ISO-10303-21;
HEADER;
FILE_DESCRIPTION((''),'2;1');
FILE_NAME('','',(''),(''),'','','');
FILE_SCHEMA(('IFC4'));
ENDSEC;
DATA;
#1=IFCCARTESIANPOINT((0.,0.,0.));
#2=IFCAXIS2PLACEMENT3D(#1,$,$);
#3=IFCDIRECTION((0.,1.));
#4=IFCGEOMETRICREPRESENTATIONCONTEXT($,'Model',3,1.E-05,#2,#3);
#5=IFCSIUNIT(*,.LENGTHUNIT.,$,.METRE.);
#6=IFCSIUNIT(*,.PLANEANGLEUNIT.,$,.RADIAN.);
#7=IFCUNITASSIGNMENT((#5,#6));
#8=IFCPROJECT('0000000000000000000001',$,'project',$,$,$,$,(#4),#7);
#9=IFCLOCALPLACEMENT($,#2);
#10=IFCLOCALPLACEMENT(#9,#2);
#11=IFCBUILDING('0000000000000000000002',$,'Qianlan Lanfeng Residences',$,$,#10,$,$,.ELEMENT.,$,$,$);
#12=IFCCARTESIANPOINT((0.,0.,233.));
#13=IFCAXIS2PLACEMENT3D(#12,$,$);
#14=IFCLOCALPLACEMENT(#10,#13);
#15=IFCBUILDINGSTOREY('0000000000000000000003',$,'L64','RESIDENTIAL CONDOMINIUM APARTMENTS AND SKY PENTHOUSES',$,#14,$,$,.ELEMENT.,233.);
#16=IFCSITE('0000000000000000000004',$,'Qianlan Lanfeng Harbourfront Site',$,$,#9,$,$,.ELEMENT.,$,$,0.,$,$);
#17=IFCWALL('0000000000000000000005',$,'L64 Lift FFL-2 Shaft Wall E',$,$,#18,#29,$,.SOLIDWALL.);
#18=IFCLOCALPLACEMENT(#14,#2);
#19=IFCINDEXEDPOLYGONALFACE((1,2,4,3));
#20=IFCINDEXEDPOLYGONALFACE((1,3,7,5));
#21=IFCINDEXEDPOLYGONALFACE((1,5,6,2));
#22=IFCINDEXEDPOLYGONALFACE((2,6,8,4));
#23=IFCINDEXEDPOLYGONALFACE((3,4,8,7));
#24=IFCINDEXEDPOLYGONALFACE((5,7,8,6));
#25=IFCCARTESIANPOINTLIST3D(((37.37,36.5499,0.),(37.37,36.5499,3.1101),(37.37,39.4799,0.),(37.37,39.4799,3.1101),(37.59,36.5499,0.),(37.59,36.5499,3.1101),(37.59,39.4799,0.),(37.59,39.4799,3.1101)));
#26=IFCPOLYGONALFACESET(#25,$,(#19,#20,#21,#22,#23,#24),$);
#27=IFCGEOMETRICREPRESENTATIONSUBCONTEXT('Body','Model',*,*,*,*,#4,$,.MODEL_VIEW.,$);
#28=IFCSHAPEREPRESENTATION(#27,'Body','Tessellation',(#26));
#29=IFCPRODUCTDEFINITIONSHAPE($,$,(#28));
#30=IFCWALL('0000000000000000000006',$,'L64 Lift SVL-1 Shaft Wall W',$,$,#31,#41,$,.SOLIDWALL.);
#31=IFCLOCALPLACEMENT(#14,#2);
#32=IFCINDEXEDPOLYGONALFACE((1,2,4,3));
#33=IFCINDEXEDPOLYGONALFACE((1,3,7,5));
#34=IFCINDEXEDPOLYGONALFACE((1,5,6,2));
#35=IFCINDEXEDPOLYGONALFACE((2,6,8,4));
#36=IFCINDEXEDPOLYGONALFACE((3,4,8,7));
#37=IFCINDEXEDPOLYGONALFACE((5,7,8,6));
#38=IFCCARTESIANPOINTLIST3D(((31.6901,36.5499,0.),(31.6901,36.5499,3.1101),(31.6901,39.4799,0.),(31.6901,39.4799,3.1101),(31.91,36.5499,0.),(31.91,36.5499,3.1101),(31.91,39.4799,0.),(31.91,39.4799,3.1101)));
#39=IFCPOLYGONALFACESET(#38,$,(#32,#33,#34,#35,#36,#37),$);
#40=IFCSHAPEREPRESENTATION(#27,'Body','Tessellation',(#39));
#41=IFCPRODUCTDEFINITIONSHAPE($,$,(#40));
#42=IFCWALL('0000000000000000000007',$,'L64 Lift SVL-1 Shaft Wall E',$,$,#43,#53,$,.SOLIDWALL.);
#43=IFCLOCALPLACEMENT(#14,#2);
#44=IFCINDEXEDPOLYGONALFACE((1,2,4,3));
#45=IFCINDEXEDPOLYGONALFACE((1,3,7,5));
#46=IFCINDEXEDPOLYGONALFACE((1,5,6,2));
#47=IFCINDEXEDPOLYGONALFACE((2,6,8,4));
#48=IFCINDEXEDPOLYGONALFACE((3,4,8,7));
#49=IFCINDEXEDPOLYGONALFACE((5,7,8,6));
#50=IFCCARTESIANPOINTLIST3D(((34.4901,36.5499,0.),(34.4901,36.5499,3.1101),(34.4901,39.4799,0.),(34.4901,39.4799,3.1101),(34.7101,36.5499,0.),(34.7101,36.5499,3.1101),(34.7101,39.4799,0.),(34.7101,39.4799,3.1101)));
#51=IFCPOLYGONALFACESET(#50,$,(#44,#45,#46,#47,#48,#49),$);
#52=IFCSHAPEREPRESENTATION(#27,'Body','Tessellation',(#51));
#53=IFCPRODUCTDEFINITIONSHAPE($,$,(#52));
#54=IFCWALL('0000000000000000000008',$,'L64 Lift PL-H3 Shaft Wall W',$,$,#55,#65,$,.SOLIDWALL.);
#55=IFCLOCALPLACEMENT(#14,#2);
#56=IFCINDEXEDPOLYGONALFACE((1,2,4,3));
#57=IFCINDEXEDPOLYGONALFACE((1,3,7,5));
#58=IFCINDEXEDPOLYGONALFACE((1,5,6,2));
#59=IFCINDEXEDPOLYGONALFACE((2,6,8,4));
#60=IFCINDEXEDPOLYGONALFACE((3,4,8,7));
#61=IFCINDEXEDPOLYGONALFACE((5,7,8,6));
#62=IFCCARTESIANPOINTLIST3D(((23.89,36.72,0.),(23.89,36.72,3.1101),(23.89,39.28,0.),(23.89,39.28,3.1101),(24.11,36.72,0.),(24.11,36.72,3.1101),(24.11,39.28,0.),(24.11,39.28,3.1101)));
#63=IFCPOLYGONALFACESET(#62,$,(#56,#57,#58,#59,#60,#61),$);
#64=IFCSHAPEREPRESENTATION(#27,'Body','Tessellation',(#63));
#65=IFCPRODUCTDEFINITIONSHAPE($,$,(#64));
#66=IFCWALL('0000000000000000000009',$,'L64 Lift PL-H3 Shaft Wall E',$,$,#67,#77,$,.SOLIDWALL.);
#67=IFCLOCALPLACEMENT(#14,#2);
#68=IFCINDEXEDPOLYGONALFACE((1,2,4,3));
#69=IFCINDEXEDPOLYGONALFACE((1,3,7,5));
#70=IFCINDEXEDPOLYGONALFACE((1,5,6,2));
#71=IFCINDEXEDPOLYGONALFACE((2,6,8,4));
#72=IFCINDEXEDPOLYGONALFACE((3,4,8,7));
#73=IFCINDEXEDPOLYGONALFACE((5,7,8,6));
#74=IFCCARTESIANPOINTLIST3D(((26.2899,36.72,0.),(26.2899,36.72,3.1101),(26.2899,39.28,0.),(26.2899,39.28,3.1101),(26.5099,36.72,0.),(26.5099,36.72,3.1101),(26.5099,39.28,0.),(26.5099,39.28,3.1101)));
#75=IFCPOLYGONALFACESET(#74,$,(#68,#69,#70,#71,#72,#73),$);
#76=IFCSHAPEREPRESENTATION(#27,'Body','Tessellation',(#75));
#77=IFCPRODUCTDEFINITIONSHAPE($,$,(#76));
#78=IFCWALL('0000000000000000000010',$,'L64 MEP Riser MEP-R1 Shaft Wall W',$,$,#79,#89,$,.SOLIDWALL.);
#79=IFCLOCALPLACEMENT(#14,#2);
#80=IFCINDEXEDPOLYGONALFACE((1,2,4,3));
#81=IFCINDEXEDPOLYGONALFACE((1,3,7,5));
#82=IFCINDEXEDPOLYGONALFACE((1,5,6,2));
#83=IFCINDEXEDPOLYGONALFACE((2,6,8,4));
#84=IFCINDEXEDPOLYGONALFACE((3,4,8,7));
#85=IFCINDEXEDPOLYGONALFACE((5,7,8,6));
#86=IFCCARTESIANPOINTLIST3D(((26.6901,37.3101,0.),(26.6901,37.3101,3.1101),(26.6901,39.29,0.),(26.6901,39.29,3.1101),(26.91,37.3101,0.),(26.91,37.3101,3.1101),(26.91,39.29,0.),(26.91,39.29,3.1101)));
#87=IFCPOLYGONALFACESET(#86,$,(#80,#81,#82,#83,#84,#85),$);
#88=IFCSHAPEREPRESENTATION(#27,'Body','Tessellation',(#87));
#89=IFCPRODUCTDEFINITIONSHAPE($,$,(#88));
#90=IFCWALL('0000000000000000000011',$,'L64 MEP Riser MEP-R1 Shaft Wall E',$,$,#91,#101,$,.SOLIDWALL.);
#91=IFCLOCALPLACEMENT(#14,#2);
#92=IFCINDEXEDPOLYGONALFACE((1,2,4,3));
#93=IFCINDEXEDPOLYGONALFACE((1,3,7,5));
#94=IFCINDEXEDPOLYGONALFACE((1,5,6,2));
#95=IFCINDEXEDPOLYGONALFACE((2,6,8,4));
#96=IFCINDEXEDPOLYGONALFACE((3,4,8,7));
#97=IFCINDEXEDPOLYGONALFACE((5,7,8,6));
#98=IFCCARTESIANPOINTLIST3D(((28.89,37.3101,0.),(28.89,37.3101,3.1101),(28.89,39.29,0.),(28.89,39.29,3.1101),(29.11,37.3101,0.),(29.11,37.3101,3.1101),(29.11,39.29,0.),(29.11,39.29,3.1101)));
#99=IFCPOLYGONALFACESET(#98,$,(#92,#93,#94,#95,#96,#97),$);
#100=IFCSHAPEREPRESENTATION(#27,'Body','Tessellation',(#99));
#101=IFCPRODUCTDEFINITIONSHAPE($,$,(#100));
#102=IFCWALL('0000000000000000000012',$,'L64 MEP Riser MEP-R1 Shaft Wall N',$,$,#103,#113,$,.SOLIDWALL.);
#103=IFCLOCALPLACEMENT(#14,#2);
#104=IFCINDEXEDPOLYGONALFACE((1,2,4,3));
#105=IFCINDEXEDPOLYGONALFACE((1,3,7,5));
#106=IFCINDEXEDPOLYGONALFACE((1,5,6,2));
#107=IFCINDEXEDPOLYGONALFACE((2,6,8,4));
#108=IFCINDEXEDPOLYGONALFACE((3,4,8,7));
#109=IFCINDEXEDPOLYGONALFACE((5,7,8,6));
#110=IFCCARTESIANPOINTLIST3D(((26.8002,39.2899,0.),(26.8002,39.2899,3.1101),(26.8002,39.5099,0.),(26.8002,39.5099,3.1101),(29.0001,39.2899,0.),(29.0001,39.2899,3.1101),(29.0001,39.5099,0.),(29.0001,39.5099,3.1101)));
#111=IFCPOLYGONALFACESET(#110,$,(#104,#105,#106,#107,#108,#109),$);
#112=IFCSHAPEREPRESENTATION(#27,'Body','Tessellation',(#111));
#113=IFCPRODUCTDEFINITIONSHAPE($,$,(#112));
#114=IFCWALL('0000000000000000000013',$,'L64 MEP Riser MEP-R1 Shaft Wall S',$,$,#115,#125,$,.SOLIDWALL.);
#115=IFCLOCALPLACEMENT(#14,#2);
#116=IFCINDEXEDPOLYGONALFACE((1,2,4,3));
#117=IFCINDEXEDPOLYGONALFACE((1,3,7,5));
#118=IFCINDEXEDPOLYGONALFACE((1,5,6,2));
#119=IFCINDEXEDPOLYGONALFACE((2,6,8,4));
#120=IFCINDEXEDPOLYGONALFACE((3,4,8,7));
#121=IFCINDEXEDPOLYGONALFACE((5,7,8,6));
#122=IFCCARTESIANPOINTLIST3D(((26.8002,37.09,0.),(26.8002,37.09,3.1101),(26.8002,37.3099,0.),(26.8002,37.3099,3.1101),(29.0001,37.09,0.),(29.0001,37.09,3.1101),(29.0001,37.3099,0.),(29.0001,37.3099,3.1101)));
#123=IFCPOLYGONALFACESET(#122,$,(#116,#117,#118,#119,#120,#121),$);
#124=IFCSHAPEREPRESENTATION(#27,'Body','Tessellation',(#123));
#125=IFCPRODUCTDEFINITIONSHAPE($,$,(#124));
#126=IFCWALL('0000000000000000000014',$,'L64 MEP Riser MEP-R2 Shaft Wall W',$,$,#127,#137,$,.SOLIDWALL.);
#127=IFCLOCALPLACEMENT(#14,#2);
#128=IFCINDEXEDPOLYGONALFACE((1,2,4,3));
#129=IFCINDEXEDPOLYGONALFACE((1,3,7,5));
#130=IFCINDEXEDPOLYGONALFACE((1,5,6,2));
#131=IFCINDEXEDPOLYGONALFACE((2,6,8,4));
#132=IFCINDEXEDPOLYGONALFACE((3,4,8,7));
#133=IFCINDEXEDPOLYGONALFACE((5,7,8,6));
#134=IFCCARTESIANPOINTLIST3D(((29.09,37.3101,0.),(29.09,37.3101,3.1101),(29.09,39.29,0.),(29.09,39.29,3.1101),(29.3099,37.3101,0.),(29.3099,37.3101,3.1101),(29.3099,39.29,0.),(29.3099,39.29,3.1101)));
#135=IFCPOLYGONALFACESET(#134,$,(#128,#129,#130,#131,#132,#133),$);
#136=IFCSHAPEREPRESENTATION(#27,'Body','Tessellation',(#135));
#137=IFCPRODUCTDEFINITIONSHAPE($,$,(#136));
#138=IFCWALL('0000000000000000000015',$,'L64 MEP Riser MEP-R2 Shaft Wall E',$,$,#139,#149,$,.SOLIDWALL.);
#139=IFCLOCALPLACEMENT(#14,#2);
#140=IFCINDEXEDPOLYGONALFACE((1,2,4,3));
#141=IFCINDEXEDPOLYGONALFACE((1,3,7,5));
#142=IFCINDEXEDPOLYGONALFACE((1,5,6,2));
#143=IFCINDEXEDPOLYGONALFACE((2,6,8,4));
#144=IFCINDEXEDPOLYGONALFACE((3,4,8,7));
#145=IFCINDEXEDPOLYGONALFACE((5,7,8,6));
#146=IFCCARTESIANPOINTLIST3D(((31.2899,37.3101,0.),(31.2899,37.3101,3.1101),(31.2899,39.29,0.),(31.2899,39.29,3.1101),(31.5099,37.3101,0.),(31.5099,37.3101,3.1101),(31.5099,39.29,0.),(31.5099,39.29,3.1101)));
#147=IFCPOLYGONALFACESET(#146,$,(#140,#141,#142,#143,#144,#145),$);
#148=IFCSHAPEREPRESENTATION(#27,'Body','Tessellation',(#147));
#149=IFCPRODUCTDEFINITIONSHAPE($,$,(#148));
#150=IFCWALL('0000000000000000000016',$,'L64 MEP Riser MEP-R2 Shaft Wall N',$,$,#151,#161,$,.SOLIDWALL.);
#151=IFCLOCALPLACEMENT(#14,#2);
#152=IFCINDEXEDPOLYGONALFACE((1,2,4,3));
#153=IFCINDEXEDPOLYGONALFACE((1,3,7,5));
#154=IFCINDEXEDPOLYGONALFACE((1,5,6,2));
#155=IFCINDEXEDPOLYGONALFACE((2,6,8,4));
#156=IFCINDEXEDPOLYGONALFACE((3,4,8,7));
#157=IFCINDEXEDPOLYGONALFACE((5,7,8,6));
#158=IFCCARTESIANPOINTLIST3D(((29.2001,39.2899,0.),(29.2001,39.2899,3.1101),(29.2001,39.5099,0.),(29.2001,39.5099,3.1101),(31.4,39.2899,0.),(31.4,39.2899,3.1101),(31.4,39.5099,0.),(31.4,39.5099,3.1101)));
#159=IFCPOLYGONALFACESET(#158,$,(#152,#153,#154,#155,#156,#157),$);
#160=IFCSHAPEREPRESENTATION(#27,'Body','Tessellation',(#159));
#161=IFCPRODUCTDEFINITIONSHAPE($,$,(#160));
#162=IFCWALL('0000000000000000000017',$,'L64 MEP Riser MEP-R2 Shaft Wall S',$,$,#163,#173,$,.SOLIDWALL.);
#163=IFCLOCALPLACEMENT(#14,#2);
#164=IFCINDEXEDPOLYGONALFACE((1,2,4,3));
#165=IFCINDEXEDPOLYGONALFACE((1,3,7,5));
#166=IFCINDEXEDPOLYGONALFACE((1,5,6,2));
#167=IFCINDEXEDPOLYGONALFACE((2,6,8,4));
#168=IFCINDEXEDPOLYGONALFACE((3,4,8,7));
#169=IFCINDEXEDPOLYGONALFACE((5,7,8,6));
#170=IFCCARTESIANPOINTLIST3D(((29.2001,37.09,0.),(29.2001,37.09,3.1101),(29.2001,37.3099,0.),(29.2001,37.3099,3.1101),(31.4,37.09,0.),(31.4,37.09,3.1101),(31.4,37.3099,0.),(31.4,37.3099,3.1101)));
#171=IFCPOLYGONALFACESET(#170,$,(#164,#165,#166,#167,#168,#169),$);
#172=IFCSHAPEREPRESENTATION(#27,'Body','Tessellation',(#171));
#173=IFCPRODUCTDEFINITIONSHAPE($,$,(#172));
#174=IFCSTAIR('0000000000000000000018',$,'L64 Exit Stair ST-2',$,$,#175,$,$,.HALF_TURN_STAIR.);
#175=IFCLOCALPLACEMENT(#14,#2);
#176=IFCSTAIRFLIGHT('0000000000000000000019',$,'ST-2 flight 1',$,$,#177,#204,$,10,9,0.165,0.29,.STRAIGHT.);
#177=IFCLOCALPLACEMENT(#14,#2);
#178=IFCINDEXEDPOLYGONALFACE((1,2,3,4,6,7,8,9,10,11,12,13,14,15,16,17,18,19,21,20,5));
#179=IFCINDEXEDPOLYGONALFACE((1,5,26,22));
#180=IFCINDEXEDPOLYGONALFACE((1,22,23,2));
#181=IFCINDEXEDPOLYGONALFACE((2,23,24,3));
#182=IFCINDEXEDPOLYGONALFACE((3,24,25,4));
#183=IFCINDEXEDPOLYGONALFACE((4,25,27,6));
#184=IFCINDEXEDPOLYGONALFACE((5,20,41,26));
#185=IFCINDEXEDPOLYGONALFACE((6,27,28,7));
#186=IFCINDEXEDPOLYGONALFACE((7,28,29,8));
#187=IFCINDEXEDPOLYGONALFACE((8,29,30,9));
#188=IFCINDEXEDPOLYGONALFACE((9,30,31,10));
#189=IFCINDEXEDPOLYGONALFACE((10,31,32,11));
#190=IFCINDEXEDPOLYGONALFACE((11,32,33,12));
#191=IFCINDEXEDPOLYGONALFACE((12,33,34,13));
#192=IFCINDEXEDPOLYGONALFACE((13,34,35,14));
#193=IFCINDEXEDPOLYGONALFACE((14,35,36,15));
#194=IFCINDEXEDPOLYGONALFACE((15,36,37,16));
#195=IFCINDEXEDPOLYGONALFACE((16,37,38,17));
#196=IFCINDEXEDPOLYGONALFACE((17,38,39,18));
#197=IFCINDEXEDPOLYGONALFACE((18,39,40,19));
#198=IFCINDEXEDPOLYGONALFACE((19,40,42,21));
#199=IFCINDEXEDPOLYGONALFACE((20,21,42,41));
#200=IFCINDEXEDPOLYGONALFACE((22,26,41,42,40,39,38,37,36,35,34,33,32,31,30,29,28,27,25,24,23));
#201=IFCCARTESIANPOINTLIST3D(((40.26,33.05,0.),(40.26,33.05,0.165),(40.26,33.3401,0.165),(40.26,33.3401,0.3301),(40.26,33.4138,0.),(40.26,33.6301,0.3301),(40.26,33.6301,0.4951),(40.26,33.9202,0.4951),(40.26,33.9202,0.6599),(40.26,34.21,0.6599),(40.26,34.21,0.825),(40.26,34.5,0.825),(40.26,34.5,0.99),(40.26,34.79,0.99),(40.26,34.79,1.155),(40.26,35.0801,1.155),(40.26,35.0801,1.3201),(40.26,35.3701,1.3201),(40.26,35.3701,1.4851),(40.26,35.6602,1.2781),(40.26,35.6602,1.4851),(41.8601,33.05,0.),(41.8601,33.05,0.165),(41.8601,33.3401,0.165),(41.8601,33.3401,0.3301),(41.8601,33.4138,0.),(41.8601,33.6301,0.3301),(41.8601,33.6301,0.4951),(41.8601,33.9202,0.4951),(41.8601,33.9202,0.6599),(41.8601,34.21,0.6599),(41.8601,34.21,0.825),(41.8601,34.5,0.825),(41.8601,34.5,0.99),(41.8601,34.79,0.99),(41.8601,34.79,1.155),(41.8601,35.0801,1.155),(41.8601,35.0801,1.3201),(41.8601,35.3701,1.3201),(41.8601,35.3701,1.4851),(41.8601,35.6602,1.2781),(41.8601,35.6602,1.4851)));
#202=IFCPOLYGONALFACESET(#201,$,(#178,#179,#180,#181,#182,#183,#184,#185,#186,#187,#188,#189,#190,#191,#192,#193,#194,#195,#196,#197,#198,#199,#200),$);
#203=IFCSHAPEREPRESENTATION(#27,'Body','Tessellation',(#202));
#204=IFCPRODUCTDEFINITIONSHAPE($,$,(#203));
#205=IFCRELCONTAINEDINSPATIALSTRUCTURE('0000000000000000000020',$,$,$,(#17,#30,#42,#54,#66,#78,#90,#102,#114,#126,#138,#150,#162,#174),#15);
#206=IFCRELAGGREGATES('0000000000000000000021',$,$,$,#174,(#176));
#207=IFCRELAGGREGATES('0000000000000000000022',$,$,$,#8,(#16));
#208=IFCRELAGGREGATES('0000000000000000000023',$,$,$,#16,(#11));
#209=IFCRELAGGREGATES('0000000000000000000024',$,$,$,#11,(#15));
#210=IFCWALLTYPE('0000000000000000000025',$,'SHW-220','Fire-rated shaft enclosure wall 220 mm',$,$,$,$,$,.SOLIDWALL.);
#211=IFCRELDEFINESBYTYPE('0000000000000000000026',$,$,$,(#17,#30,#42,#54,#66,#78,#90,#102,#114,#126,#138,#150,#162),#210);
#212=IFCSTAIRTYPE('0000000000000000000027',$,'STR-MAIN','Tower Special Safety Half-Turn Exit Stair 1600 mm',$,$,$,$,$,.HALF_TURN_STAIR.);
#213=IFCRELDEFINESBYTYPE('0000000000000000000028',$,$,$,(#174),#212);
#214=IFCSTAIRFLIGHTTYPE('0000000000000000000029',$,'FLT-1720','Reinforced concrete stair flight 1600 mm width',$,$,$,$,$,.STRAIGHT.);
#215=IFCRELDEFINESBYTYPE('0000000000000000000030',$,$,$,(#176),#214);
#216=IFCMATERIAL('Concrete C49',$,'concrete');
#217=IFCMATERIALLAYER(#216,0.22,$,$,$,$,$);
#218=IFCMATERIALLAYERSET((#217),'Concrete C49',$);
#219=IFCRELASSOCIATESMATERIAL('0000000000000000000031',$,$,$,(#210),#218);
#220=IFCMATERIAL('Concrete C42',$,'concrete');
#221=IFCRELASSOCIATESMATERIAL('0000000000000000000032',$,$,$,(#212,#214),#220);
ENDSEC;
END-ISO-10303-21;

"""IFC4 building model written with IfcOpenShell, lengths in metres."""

from ifc_helpers import new_model, si_unit, direction, frame, frame_2d, origin, place, context, subcontext, project, spatial, polyline, rectangle, outline, extrude, material, layer, layer_set, type_object, element, aggregate, save


model = new_model("IFC4")

# Units and contexts
model_context = context("Model", 3, precision=1e-05, world=origin(), true_north=direction((0.0, 1.0)))
body_context = subcontext(model_context, "Body", "Model", "MODEL_VIEW")
ifc_project = project(units=[si_unit("LENGTHUNIT", "METRE"), si_unit("PLANEANGLEUNIT", "RADIAN")], contexts=[model_context])

# Site, building, storey
site_placement = place(None, origin())
site = spatial("IfcSite", under=ifc_project, at=site_placement, Name="Qianlan Lanfeng Harbourfront Site", CompositionType="ELEMENT", RefElevation=0.0)
building_placement = place(site_placement, origin())
building = spatial("IfcBuilding", under=site, at=building_placement, Name="Qianlan Lanfeng Residences", CompositionType="ELEMENT")
storey_placement = place(building_placement, frame((0.0, 0.0, 233.0)))
storey = spatial("IfcBuildingStorey", under=building, at=storey_placement, Name="L64", Description="RESIDENTIAL CONDOMINIUM APARTMENTS AND SKY PENTHOUSES", CompositionType="ELEMENT", Elevation=233.0)

# Shared definitions
ifc_material_1 = material(Name="Concrete C49", Category="concrete")

# Shared definitions
ifc_material_2 = material(Name="Concrete C42", Category="concrete")

# Walls
ifc_layer_1 = layer(ifc_material_1, 0.22)
ifc_layer_set_1 = layer_set([ifc_layer_1], Name="Concrete C49")
wall_type_1 = type_object("IfcWallType", Name="SHW-220", Description="Fire-rated shaft enclosure wall 220 mm", PredefinedType="SOLIDWALL", material=ifc_layer_set_1)
for number, where, z_axis, x_axis, name in (
    (1, (37.48, 36.55, 0.0), (0.0, 0.0, 1.0), (0.0, 1.0, 0.0), "L64 Lift FFL-2 Shaft Wall E"),
    (2, (31.8, 36.55, 0.0), (0.0, 0.0, 1.0), (0.0, 1.0, 0.0), "L64 Lift SVL-1 Shaft Wall W"),
    (3, (34.6001, 36.55, 0.0), (0.0, 0.0, 1.0), (0.0, 1.0, 0.0), "L64 Lift SVL-1 Shaft Wall E"),
):
    element("IfcWall", number, at=place(storey_placement, frame(where, z_axis=z_axis, x_axis=x_axis)), inside=storey, type_object=wall_type_1, Name=name, PredefinedType="SOLIDWALL", context=body_context, shape_type="SweptSolid", body=[
        extrude(rectangle(XDim=2.9299, YDim=0.22, at=frame_2d((1.4648, 0.0))), origin(), (0.0, 0.0, 1.0), 3.1101),
    ])
for number, where, z_axis, x_axis, name in (
    (4, (24.0, 36.72, 0.0), (0.0, 0.0, 1.0), (0.0, 1.0, 0.0), "L64 Lift PL-H3 Shaft Wall W"),
    (5, (26.3999, 36.72, 0.0), (0.0, 0.0, 1.0), (0.0, 1.0, 0.0), "L64 Lift PL-H3 Shaft Wall E"),
):
    element("IfcWall", number, at=place(storey_placement, frame(where, z_axis=z_axis, x_axis=x_axis)), inside=storey, type_object=wall_type_1, Name=name, PredefinedType="SOLIDWALL", context=body_context, shape_type="SweptSolid", body=[
        extrude(rectangle(XDim=2.5601, YDim=0.22, at=frame_2d((1.28, 0.0))), origin(), (0.0, 0.0, 1.0), 3.1101),
    ])
for number, where, z_axis, x_axis, name in (
    (6, (26.8, 37.3101, 0.0), (0.0, 0.0, 1.0), (0.0, 1.0, 0.0), "L64 MEP Riser MEP-R1 Shaft Wall W"),
    (7, (29.0, 37.3101, 0.0), (0.0, 0.0, 1.0), (0.0, 1.0, 0.0), "L64 MEP Riser MEP-R1 Shaft Wall E"),
):
    element("IfcWall", number, at=place(storey_placement, frame(where, z_axis=z_axis, x_axis=x_axis)), inside=storey, type_object=wall_type_1, Name=name, PredefinedType="SOLIDWALL", context=body_context, shape_type="SweptSolid", body=[
        extrude(rectangle(XDim=1.98, YDim=0.22, at=frame_2d((0.99, 0.0))), origin(), (0.0, 0.0, 1.0), 3.1101),
    ])
for number, where, z_axis, x_axis, name in (
    (8, (26.8, 39.3999, 0.0), (0.0, 0.0, 1.0), (1.0, 0.0, 0.0), "L64 MEP Riser MEP-R1 Shaft Wall N"),
    (9, (26.8, 37.2, 0.0), (0.0, 0.0, 1.0), (1.0, 0.0, 0.0), "L64 MEP Riser MEP-R1 Shaft Wall S"),
):
    element("IfcWall", number, at=place(storey_placement, frame(where, z_axis=z_axis, x_axis=x_axis)), inside=storey, type_object=wall_type_1, Name=name, PredefinedType="SOLIDWALL", context=body_context, shape_type="SweptSolid", body=[
        extrude(rectangle(XDim=2.2, YDim=0.22, at=frame_2d((1.1001, 0.0))), origin(), (0.0, 0.0, 1.0), 3.1101),
    ])
for number, where, z_axis, x_axis, name in (
    (10, (29.2, 37.3101, 0.0), (0.0, 0.0, 1.0), (0.0, 1.0, 0.0), "L64 MEP Riser MEP-R2 Shaft Wall W"),
    (11, (31.3999, 37.3101, 0.0), (0.0, 0.0, 1.0), (0.0, 1.0, 0.0), "L64 MEP Riser MEP-R2 Shaft Wall E"),
):
    element("IfcWall", number, at=place(storey_placement, frame(where, z_axis=z_axis, x_axis=x_axis)), inside=storey, type_object=wall_type_1, Name=name, PredefinedType="SOLIDWALL", context=body_context, shape_type="SweptSolid", body=[
        extrude(rectangle(XDim=1.98, YDim=0.22, at=frame_2d((0.99, 0.0))), origin(), (0.0, 0.0, 1.0), 3.1101),
    ])
for number, where, z_axis, x_axis, name in (
    (12, (29.2, 39.3999, 0.0), (0.0, 0.0, 1.0), (1.0, 0.0, 0.0), "L64 MEP Riser MEP-R2 Shaft Wall N"),
    (13, (29.2, 37.2, 0.0), (0.0, 0.0, 1.0), (1.0, 0.0, 0.0), "L64 MEP Riser MEP-R2 Shaft Wall S"),
):
    element("IfcWall", number, at=place(storey_placement, frame(where, z_axis=z_axis, x_axis=x_axis)), inside=storey, type_object=wall_type_1, Name=name, PredefinedType="SOLIDWALL", context=body_context, shape_type="SweptSolid", body=[
        extrude(rectangle(XDim=2.2, YDim=0.22, at=frame_2d((1.1001, 0.0))), origin(), (0.0, 0.0, 1.0), 3.1101),
    ])

# Stair, stair flight
stair_type = type_object("IfcStairType", Name="STR-MAIN", Description="Tower Special Safety Half-Turn Exit Stair 1600 mm", PredefinedType="HALF_TURN_STAIR", material=ifc_material_2)
stair_placement = place(storey_placement, origin())
stair = element("IfcStair", 14, at=stair_placement, inside=storey, type_object=stair_type, Name="L64 Exit Stair ST-2", PredefinedType="HALF_TURN_STAIR")
stair_flight_type = type_object("IfcStairFlightType", Name="FLT-1720", Description="Reinforced concrete stair flight 1600 mm width", PredefinedType="STRAIGHT", material=ifc_material_2)
stair_flight_1_placement = place(storey_placement, frame((41.0601, 33.05, 0.0), z_axis=(0.0, 0.0, 1.0), x_axis=(0.0, 1.0, 0.0)))
stair_flight_1 = element("IfcStairFlight", 15, at=stair_flight_1_placement, type_object=stair_flight_type, Name="ST-2 flight 1", NumberOfRisers=10, NumberOfTreads=9, PredefinedType="STRAIGHT", RiserHeight=0.165, TreadLength=0.29, context=body_context, shape_type="SweptSolid", body=[
    extrude(outline(polyline([(0.0, 0.0), (0.0, 0.165), (0.29, 0.165), (0.29, 0.3301), (0.5801, 0.3301), (0.5801, 0.4951), (0.8701, 0.4951), (0.8701, 0.6599), (1.1599, 0.6599), (1.1599, 0.825), (1.45, 0.825), (1.45, 0.99), (1.74, 0.99), (1.74, 1.155), (2.03, 1.155), (2.03, 1.3201), (2.3201, 1.3201), (2.3201, 1.4851), (2.6101, 1.4851), (2.6101, 1.6499), (2.6101, 1.2781), (0.3638, 0.0), (0.0, 0.0)])), frame((0.0, 0.8, 0.0), z_axis=(0.0, -1.0, 0.0), x_axis=(1.0, 0.0, 0.0)), (0.0, 0.0, 1.0), 1.6001),
])
aggregate(stair, [stair_flight_1])

save(model, "model.ifc")
